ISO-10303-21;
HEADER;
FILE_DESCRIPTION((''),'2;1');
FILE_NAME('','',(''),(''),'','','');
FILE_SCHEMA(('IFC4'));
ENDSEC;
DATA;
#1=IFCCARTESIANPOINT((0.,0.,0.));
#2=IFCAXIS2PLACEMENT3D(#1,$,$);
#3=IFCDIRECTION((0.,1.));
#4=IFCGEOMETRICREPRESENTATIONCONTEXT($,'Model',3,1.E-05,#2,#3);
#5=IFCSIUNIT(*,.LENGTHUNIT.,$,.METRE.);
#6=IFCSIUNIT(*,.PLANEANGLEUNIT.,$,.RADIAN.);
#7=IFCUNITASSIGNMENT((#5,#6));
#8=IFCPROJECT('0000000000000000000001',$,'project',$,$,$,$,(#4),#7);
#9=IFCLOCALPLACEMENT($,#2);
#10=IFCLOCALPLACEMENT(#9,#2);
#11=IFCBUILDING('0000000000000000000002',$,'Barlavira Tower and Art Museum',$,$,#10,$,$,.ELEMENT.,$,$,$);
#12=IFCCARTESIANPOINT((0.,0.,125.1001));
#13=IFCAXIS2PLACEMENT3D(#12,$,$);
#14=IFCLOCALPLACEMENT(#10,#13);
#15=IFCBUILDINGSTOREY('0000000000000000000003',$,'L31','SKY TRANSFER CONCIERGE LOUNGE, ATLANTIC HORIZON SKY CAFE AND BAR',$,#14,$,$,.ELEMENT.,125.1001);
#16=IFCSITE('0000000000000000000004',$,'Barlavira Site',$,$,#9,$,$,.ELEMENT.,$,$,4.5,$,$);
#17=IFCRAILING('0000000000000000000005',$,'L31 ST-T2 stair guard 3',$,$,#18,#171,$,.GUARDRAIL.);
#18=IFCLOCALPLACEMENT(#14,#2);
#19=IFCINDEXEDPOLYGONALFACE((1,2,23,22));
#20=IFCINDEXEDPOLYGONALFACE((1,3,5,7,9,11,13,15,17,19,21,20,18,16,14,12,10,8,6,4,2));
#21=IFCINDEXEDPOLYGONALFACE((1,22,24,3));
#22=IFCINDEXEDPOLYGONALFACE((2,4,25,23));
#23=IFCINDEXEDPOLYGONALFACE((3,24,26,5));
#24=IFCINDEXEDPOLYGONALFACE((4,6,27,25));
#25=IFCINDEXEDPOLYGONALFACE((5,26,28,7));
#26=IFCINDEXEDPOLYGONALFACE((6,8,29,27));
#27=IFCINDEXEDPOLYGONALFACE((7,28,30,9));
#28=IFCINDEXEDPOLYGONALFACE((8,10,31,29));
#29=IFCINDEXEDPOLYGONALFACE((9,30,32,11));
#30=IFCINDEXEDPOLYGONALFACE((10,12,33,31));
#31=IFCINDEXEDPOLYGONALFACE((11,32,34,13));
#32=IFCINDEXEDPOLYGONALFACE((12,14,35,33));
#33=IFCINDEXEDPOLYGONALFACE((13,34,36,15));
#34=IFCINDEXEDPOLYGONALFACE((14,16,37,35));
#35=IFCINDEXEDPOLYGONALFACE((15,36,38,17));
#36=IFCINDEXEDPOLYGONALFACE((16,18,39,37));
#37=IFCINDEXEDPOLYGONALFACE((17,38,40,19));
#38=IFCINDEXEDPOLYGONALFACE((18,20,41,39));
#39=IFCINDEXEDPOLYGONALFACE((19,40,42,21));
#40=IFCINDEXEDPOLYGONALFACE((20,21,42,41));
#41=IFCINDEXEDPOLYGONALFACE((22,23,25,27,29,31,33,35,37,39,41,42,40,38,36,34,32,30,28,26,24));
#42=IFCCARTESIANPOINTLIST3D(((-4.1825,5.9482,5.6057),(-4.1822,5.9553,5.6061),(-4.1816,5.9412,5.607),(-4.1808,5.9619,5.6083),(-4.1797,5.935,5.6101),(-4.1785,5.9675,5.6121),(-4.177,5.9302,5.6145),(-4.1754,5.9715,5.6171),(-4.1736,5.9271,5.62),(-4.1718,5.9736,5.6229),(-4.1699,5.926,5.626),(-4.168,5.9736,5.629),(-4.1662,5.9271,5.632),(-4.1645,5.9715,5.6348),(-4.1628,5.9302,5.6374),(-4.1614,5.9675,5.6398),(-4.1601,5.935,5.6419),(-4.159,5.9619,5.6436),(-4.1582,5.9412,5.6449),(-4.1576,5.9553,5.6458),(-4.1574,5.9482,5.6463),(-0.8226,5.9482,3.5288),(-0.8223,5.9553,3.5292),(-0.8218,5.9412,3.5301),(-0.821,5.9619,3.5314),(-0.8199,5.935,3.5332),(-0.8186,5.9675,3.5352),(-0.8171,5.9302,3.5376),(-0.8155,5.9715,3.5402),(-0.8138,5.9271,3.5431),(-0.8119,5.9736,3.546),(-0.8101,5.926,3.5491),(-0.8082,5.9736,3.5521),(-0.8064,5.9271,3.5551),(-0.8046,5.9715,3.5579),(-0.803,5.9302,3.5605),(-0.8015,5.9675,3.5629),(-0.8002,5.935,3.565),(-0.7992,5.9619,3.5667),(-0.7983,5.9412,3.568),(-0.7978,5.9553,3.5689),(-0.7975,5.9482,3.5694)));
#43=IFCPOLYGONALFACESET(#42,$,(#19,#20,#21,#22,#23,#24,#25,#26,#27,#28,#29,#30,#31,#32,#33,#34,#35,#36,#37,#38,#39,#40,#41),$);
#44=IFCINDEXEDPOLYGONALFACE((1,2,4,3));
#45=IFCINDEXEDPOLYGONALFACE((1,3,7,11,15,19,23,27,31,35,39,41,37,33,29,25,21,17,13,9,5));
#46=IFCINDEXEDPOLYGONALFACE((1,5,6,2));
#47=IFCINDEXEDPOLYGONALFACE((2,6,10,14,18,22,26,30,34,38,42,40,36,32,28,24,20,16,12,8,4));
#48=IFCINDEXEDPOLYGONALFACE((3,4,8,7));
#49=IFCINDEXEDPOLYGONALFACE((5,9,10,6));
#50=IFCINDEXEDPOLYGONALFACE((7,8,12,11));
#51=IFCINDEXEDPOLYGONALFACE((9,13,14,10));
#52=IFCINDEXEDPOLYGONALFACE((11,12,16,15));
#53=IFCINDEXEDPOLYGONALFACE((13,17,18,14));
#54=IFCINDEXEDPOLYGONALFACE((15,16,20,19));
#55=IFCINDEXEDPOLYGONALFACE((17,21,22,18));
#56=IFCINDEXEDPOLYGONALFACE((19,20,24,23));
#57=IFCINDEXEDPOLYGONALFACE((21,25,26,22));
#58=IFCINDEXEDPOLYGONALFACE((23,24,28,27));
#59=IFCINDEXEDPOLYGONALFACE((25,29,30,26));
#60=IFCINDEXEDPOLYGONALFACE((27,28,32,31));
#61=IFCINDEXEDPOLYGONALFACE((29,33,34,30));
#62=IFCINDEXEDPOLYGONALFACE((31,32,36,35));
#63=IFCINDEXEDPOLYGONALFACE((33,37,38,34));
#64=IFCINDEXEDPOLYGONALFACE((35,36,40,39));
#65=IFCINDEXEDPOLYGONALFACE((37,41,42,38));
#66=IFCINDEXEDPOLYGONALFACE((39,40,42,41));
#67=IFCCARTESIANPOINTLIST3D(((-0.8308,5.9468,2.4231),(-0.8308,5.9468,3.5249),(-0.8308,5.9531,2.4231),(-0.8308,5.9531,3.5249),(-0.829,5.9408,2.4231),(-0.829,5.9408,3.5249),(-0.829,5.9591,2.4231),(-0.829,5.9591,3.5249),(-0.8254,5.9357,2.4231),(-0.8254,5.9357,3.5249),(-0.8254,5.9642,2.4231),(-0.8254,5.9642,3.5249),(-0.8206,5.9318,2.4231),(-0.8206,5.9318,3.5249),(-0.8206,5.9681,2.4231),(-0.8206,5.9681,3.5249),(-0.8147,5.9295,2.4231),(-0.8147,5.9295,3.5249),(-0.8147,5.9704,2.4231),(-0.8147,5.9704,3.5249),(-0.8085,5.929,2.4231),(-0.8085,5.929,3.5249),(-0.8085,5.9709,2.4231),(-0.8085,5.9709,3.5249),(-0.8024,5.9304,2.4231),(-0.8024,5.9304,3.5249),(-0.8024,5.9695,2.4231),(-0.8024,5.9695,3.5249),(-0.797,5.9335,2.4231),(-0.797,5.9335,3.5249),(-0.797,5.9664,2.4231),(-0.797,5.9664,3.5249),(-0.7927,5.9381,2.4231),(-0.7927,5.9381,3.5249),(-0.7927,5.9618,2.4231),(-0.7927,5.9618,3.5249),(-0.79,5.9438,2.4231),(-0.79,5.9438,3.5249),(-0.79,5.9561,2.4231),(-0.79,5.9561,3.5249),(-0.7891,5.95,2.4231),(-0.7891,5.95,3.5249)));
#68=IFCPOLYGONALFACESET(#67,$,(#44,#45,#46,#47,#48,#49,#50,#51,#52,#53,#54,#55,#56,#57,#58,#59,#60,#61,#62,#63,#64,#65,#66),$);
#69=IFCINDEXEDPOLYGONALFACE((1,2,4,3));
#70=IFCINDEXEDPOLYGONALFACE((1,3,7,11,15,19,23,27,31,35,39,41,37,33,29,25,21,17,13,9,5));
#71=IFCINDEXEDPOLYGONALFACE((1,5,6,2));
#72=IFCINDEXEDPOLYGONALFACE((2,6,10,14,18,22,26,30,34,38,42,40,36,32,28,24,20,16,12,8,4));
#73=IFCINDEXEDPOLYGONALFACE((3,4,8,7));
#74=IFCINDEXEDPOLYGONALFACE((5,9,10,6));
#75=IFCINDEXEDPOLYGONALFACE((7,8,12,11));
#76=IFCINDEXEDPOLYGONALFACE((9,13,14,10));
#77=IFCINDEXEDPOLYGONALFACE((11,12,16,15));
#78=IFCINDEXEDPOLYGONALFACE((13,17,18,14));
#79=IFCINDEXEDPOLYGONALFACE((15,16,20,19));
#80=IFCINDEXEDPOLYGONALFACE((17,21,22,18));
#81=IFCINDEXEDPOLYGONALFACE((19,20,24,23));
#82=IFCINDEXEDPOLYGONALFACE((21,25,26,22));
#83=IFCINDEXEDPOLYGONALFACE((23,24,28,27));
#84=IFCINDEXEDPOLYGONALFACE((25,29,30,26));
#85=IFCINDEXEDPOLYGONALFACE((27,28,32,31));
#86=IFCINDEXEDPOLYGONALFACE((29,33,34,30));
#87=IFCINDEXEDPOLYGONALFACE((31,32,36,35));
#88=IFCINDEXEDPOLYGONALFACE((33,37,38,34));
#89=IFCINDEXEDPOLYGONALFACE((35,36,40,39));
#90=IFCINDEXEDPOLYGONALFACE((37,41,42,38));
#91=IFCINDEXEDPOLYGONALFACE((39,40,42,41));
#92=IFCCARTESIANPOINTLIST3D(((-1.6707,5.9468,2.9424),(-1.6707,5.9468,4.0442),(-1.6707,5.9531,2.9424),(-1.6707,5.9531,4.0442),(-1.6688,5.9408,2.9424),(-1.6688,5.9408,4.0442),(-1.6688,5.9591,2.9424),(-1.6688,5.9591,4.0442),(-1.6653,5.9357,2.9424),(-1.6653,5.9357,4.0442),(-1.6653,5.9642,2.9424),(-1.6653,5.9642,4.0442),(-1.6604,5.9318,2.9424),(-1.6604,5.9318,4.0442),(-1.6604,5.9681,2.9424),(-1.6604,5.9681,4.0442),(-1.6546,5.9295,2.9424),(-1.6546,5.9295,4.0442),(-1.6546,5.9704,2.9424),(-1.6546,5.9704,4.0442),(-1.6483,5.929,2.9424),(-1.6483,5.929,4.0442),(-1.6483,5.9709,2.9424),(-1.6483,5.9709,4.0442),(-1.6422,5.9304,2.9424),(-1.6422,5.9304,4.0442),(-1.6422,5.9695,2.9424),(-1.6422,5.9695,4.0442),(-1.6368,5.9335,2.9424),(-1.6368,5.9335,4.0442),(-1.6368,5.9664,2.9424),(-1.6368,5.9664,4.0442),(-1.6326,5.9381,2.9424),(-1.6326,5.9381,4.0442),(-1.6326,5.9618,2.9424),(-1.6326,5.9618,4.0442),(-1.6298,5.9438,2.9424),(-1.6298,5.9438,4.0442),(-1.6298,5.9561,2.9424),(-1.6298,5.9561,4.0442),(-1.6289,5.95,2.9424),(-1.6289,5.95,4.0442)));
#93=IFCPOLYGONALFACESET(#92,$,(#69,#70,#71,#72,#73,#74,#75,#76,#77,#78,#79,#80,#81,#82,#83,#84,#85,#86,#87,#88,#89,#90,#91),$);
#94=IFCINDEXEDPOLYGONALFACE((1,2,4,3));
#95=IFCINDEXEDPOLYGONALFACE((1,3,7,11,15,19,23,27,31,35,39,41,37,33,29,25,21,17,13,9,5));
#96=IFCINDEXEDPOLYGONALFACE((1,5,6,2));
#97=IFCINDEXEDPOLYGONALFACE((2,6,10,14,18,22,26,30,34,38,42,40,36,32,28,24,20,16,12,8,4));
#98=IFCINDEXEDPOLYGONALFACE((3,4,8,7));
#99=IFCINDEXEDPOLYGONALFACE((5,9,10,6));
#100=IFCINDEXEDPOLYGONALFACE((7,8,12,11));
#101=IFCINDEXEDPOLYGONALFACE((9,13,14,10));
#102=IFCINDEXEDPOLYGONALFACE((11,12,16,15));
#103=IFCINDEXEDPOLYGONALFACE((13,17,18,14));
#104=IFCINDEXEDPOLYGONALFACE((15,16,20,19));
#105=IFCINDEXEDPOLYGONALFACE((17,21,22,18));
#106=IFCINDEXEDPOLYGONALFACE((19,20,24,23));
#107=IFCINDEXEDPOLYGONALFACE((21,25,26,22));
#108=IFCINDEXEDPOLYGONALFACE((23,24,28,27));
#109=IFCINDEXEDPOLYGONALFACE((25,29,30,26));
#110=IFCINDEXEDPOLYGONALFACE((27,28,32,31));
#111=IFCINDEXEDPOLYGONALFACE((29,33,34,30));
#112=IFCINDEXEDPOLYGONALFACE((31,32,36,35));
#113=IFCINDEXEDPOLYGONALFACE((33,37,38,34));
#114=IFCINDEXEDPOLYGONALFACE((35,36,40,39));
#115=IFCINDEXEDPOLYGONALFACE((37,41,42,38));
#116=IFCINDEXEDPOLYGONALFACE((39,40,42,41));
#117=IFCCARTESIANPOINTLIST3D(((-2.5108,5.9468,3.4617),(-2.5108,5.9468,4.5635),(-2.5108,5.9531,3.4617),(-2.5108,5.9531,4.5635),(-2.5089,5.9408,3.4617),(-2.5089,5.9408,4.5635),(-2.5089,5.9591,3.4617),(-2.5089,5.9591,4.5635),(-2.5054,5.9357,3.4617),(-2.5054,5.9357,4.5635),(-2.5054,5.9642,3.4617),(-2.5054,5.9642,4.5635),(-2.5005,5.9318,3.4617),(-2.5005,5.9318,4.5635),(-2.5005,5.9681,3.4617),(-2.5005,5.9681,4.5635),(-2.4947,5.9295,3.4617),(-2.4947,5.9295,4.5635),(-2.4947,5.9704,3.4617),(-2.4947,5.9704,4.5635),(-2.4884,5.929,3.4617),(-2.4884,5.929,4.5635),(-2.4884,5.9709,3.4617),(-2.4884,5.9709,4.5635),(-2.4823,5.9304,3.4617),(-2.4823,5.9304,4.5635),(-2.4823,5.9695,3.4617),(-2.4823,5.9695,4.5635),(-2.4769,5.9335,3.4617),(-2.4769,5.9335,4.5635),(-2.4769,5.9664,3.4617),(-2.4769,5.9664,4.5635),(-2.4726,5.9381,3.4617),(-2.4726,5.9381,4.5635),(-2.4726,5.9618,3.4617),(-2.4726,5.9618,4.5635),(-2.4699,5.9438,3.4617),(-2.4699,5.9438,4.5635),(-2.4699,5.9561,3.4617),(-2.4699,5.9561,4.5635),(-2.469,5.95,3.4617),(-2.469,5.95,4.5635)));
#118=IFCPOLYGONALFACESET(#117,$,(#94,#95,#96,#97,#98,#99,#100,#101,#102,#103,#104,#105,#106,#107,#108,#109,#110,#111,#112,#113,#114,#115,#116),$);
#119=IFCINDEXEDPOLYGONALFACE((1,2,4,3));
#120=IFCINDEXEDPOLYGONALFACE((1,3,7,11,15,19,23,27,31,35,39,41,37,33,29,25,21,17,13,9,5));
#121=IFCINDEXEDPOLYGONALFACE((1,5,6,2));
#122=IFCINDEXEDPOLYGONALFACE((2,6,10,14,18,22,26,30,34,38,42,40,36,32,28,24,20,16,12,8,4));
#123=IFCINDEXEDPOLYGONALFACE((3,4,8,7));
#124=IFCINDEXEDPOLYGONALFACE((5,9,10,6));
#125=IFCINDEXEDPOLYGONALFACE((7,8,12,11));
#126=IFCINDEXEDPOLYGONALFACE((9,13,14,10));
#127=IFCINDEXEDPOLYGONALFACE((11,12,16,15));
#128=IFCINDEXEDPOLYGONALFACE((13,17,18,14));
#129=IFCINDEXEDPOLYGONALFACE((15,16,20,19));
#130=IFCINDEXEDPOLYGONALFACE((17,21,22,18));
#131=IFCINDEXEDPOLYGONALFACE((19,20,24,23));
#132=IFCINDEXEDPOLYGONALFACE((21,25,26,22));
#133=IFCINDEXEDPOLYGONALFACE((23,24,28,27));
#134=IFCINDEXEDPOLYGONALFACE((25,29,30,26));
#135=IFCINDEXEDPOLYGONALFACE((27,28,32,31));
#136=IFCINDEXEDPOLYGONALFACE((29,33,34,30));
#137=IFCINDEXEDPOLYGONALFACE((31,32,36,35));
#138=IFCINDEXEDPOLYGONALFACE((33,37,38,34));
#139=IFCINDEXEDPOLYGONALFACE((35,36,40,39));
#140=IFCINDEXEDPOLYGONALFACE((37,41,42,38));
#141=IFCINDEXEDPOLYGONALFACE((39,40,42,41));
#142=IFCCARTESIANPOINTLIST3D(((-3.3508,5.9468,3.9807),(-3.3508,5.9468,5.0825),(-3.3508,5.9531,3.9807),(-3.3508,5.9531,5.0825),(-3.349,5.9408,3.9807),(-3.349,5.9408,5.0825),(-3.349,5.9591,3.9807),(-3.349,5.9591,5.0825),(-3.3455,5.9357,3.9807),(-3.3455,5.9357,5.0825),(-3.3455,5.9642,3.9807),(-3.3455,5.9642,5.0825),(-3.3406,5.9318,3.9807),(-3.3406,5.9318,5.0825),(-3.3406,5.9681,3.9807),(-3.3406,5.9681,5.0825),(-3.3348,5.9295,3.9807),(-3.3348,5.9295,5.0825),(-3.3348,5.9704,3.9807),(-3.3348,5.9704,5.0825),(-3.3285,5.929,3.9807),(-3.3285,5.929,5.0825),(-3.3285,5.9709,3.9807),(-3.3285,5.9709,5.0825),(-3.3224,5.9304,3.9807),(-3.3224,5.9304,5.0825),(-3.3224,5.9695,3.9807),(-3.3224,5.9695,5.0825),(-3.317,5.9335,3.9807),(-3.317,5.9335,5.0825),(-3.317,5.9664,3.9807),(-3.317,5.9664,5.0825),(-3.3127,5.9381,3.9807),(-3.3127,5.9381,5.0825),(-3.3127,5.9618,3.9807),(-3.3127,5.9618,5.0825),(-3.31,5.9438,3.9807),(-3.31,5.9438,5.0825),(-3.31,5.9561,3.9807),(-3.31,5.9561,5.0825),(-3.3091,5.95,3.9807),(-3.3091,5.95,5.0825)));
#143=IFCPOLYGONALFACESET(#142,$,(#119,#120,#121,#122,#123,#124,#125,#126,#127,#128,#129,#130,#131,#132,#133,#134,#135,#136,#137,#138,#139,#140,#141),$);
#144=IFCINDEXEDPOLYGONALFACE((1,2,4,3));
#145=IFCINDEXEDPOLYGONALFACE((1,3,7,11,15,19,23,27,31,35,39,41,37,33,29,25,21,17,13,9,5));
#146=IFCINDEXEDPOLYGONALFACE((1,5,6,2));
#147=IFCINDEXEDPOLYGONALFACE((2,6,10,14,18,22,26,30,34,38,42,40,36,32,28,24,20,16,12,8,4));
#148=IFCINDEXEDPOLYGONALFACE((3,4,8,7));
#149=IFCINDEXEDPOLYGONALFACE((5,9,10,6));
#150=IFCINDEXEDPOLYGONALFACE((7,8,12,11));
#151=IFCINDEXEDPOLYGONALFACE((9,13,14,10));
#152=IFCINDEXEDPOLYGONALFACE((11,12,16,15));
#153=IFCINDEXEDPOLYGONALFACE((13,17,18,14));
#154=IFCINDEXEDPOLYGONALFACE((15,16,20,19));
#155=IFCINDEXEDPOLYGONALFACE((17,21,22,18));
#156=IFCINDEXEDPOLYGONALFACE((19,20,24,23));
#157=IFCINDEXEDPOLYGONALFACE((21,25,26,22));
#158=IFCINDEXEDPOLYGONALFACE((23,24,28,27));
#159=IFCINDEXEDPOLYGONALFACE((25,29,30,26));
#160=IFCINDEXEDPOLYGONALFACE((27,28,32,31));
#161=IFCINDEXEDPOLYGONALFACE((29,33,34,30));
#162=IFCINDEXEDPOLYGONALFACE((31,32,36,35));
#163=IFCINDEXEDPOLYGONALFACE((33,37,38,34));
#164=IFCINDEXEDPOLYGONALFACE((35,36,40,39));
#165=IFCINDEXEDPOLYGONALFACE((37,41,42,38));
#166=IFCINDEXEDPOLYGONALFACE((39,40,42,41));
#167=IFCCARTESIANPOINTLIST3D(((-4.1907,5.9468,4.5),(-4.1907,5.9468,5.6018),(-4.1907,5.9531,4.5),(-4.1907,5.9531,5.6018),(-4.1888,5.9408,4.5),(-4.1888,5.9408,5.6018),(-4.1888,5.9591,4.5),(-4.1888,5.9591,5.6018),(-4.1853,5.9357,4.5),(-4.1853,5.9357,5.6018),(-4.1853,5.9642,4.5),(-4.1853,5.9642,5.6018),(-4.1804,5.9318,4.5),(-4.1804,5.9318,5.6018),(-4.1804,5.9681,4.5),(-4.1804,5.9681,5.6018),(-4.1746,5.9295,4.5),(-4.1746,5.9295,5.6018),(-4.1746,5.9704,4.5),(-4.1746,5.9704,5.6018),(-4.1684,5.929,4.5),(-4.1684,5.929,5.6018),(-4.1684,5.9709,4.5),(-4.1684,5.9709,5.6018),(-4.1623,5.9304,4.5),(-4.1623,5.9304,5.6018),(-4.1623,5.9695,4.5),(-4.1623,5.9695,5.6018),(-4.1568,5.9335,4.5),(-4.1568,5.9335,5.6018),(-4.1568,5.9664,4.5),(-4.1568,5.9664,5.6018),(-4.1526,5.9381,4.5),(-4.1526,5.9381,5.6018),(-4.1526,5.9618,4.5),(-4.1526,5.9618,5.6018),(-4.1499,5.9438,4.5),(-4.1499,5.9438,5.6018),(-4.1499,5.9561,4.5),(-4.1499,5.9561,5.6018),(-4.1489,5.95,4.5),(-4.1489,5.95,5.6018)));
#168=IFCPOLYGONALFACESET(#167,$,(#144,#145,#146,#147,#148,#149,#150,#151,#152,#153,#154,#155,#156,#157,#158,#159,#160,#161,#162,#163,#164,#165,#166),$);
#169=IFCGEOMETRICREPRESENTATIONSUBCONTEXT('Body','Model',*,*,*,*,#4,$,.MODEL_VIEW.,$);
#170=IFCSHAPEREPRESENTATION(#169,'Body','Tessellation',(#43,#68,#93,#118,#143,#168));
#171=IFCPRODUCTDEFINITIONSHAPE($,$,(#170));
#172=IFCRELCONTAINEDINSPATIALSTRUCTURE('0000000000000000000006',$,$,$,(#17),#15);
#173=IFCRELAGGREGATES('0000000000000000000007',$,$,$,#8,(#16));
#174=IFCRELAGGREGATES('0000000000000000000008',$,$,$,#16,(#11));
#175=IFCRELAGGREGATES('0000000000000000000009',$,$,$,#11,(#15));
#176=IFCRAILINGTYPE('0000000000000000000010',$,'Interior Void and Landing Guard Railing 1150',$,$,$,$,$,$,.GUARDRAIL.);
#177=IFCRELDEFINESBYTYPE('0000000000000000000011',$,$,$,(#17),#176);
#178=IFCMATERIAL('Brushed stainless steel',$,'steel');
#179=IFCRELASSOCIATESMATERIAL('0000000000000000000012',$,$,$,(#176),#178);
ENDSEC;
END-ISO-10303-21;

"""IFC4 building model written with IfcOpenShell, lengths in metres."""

from ifc_helpers import new_model, si_unit, direction, frame, origin, origin_2d, place, context, subcontext, project, spatial, circle, extrude, material, type_object, element, save


model = new_model("IFC4")

# Units and contexts
model_context = context("Model", 3, precision=1e-05, world=origin(), true_north=direction((0.0, 1.0)))
body_context = subcontext(model_context, "Body", "Model", "MODEL_VIEW")
ifc_project = project(units=[si_unit("LENGTHUNIT", "METRE"), si_unit("PLANEANGLEUNIT", "RADIAN")], contexts=[model_context])

# Site, building, storey
site_placement = place(None, origin())
site = spatial("IfcSite", under=ifc_project, at=site_placement, Name="Barlavira Site", CompositionType="ELEMENT", RefElevation=4.5)
building_placement = place(site_placement, origin())
building = spatial("IfcBuilding", under=site, at=building_placement, Name="Barlavira Tower and Art Museum", CompositionType="ELEMENT")
storey_placement = place(building_placement, frame((0.0, 0.0, 125.1001)))
storey = spatial("IfcBuildingStorey", under=building, at=storey_placement, Name="L31", Description="SKY TRANSFER CONCIERGE LOUNGE, ATLANTIC HORIZON SKY CAFE AND BAR", CompositionType="ELEMENT", Elevation=125.1001)

# Shared definitions
ifc_material_1 = material(Name="Brushed stainless steel", Category="steel")

# Railing
railing_type_1 = type_object("IfcRailingType", Name="Interior Void and Landing Guard Railing 1150", PredefinedType="GUARDRAIL", material=ifc_material_1)
railing_1_placement = place(storey_placement, frame((-0.8101, 5.95, 2.4231)))
element("IfcRailing", 1, at=railing_1_placement, inside=storey, type_object=railing_type_1, Name="L31 ST-T2 stair guard 3", PredefinedType="GUARDRAIL", context=body_context, shape_type="SweptSolid", body=[
    extrude(circle(Radius=0.0239, at=origin_2d()), frame((0.0, 0.0, 1.126), z_axis=(-0.850606, 0.0, 0.525803), x_axis=(0.0, -1.0, 0.0)), (0.0, 0.0, 1.0), 3.95),
    extrude(circle(Radius=0.021, at=origin_2d()), origin(), (0.0, 0.0, 1.0), 1.1018),
    extrude(circle(Radius=0.021, at=origin_2d()), frame((-0.8398, 0.0, 0.5193)), (0.0, 0.0, 1.0), 1.1018),
    extrude(circle(Radius=0.021, at=origin_2d()), frame((-1.6799, 0.0, 1.0386)), (0.0, 0.0, 1.0), 1.1018),
    extrude(circle(Radius=0.021, at=origin_2d()), frame((-2.52, 0.0, 1.5576)), (0.0, 0.0, 1.0), 1.1018),
    extrude(circle(Radius=0.021, at=origin_2d()), frame((-3.3599, 0.0, 2.0769)), (0.0, 0.0, 1.0), 1.1018),
])

save(model, "model.ifc")
